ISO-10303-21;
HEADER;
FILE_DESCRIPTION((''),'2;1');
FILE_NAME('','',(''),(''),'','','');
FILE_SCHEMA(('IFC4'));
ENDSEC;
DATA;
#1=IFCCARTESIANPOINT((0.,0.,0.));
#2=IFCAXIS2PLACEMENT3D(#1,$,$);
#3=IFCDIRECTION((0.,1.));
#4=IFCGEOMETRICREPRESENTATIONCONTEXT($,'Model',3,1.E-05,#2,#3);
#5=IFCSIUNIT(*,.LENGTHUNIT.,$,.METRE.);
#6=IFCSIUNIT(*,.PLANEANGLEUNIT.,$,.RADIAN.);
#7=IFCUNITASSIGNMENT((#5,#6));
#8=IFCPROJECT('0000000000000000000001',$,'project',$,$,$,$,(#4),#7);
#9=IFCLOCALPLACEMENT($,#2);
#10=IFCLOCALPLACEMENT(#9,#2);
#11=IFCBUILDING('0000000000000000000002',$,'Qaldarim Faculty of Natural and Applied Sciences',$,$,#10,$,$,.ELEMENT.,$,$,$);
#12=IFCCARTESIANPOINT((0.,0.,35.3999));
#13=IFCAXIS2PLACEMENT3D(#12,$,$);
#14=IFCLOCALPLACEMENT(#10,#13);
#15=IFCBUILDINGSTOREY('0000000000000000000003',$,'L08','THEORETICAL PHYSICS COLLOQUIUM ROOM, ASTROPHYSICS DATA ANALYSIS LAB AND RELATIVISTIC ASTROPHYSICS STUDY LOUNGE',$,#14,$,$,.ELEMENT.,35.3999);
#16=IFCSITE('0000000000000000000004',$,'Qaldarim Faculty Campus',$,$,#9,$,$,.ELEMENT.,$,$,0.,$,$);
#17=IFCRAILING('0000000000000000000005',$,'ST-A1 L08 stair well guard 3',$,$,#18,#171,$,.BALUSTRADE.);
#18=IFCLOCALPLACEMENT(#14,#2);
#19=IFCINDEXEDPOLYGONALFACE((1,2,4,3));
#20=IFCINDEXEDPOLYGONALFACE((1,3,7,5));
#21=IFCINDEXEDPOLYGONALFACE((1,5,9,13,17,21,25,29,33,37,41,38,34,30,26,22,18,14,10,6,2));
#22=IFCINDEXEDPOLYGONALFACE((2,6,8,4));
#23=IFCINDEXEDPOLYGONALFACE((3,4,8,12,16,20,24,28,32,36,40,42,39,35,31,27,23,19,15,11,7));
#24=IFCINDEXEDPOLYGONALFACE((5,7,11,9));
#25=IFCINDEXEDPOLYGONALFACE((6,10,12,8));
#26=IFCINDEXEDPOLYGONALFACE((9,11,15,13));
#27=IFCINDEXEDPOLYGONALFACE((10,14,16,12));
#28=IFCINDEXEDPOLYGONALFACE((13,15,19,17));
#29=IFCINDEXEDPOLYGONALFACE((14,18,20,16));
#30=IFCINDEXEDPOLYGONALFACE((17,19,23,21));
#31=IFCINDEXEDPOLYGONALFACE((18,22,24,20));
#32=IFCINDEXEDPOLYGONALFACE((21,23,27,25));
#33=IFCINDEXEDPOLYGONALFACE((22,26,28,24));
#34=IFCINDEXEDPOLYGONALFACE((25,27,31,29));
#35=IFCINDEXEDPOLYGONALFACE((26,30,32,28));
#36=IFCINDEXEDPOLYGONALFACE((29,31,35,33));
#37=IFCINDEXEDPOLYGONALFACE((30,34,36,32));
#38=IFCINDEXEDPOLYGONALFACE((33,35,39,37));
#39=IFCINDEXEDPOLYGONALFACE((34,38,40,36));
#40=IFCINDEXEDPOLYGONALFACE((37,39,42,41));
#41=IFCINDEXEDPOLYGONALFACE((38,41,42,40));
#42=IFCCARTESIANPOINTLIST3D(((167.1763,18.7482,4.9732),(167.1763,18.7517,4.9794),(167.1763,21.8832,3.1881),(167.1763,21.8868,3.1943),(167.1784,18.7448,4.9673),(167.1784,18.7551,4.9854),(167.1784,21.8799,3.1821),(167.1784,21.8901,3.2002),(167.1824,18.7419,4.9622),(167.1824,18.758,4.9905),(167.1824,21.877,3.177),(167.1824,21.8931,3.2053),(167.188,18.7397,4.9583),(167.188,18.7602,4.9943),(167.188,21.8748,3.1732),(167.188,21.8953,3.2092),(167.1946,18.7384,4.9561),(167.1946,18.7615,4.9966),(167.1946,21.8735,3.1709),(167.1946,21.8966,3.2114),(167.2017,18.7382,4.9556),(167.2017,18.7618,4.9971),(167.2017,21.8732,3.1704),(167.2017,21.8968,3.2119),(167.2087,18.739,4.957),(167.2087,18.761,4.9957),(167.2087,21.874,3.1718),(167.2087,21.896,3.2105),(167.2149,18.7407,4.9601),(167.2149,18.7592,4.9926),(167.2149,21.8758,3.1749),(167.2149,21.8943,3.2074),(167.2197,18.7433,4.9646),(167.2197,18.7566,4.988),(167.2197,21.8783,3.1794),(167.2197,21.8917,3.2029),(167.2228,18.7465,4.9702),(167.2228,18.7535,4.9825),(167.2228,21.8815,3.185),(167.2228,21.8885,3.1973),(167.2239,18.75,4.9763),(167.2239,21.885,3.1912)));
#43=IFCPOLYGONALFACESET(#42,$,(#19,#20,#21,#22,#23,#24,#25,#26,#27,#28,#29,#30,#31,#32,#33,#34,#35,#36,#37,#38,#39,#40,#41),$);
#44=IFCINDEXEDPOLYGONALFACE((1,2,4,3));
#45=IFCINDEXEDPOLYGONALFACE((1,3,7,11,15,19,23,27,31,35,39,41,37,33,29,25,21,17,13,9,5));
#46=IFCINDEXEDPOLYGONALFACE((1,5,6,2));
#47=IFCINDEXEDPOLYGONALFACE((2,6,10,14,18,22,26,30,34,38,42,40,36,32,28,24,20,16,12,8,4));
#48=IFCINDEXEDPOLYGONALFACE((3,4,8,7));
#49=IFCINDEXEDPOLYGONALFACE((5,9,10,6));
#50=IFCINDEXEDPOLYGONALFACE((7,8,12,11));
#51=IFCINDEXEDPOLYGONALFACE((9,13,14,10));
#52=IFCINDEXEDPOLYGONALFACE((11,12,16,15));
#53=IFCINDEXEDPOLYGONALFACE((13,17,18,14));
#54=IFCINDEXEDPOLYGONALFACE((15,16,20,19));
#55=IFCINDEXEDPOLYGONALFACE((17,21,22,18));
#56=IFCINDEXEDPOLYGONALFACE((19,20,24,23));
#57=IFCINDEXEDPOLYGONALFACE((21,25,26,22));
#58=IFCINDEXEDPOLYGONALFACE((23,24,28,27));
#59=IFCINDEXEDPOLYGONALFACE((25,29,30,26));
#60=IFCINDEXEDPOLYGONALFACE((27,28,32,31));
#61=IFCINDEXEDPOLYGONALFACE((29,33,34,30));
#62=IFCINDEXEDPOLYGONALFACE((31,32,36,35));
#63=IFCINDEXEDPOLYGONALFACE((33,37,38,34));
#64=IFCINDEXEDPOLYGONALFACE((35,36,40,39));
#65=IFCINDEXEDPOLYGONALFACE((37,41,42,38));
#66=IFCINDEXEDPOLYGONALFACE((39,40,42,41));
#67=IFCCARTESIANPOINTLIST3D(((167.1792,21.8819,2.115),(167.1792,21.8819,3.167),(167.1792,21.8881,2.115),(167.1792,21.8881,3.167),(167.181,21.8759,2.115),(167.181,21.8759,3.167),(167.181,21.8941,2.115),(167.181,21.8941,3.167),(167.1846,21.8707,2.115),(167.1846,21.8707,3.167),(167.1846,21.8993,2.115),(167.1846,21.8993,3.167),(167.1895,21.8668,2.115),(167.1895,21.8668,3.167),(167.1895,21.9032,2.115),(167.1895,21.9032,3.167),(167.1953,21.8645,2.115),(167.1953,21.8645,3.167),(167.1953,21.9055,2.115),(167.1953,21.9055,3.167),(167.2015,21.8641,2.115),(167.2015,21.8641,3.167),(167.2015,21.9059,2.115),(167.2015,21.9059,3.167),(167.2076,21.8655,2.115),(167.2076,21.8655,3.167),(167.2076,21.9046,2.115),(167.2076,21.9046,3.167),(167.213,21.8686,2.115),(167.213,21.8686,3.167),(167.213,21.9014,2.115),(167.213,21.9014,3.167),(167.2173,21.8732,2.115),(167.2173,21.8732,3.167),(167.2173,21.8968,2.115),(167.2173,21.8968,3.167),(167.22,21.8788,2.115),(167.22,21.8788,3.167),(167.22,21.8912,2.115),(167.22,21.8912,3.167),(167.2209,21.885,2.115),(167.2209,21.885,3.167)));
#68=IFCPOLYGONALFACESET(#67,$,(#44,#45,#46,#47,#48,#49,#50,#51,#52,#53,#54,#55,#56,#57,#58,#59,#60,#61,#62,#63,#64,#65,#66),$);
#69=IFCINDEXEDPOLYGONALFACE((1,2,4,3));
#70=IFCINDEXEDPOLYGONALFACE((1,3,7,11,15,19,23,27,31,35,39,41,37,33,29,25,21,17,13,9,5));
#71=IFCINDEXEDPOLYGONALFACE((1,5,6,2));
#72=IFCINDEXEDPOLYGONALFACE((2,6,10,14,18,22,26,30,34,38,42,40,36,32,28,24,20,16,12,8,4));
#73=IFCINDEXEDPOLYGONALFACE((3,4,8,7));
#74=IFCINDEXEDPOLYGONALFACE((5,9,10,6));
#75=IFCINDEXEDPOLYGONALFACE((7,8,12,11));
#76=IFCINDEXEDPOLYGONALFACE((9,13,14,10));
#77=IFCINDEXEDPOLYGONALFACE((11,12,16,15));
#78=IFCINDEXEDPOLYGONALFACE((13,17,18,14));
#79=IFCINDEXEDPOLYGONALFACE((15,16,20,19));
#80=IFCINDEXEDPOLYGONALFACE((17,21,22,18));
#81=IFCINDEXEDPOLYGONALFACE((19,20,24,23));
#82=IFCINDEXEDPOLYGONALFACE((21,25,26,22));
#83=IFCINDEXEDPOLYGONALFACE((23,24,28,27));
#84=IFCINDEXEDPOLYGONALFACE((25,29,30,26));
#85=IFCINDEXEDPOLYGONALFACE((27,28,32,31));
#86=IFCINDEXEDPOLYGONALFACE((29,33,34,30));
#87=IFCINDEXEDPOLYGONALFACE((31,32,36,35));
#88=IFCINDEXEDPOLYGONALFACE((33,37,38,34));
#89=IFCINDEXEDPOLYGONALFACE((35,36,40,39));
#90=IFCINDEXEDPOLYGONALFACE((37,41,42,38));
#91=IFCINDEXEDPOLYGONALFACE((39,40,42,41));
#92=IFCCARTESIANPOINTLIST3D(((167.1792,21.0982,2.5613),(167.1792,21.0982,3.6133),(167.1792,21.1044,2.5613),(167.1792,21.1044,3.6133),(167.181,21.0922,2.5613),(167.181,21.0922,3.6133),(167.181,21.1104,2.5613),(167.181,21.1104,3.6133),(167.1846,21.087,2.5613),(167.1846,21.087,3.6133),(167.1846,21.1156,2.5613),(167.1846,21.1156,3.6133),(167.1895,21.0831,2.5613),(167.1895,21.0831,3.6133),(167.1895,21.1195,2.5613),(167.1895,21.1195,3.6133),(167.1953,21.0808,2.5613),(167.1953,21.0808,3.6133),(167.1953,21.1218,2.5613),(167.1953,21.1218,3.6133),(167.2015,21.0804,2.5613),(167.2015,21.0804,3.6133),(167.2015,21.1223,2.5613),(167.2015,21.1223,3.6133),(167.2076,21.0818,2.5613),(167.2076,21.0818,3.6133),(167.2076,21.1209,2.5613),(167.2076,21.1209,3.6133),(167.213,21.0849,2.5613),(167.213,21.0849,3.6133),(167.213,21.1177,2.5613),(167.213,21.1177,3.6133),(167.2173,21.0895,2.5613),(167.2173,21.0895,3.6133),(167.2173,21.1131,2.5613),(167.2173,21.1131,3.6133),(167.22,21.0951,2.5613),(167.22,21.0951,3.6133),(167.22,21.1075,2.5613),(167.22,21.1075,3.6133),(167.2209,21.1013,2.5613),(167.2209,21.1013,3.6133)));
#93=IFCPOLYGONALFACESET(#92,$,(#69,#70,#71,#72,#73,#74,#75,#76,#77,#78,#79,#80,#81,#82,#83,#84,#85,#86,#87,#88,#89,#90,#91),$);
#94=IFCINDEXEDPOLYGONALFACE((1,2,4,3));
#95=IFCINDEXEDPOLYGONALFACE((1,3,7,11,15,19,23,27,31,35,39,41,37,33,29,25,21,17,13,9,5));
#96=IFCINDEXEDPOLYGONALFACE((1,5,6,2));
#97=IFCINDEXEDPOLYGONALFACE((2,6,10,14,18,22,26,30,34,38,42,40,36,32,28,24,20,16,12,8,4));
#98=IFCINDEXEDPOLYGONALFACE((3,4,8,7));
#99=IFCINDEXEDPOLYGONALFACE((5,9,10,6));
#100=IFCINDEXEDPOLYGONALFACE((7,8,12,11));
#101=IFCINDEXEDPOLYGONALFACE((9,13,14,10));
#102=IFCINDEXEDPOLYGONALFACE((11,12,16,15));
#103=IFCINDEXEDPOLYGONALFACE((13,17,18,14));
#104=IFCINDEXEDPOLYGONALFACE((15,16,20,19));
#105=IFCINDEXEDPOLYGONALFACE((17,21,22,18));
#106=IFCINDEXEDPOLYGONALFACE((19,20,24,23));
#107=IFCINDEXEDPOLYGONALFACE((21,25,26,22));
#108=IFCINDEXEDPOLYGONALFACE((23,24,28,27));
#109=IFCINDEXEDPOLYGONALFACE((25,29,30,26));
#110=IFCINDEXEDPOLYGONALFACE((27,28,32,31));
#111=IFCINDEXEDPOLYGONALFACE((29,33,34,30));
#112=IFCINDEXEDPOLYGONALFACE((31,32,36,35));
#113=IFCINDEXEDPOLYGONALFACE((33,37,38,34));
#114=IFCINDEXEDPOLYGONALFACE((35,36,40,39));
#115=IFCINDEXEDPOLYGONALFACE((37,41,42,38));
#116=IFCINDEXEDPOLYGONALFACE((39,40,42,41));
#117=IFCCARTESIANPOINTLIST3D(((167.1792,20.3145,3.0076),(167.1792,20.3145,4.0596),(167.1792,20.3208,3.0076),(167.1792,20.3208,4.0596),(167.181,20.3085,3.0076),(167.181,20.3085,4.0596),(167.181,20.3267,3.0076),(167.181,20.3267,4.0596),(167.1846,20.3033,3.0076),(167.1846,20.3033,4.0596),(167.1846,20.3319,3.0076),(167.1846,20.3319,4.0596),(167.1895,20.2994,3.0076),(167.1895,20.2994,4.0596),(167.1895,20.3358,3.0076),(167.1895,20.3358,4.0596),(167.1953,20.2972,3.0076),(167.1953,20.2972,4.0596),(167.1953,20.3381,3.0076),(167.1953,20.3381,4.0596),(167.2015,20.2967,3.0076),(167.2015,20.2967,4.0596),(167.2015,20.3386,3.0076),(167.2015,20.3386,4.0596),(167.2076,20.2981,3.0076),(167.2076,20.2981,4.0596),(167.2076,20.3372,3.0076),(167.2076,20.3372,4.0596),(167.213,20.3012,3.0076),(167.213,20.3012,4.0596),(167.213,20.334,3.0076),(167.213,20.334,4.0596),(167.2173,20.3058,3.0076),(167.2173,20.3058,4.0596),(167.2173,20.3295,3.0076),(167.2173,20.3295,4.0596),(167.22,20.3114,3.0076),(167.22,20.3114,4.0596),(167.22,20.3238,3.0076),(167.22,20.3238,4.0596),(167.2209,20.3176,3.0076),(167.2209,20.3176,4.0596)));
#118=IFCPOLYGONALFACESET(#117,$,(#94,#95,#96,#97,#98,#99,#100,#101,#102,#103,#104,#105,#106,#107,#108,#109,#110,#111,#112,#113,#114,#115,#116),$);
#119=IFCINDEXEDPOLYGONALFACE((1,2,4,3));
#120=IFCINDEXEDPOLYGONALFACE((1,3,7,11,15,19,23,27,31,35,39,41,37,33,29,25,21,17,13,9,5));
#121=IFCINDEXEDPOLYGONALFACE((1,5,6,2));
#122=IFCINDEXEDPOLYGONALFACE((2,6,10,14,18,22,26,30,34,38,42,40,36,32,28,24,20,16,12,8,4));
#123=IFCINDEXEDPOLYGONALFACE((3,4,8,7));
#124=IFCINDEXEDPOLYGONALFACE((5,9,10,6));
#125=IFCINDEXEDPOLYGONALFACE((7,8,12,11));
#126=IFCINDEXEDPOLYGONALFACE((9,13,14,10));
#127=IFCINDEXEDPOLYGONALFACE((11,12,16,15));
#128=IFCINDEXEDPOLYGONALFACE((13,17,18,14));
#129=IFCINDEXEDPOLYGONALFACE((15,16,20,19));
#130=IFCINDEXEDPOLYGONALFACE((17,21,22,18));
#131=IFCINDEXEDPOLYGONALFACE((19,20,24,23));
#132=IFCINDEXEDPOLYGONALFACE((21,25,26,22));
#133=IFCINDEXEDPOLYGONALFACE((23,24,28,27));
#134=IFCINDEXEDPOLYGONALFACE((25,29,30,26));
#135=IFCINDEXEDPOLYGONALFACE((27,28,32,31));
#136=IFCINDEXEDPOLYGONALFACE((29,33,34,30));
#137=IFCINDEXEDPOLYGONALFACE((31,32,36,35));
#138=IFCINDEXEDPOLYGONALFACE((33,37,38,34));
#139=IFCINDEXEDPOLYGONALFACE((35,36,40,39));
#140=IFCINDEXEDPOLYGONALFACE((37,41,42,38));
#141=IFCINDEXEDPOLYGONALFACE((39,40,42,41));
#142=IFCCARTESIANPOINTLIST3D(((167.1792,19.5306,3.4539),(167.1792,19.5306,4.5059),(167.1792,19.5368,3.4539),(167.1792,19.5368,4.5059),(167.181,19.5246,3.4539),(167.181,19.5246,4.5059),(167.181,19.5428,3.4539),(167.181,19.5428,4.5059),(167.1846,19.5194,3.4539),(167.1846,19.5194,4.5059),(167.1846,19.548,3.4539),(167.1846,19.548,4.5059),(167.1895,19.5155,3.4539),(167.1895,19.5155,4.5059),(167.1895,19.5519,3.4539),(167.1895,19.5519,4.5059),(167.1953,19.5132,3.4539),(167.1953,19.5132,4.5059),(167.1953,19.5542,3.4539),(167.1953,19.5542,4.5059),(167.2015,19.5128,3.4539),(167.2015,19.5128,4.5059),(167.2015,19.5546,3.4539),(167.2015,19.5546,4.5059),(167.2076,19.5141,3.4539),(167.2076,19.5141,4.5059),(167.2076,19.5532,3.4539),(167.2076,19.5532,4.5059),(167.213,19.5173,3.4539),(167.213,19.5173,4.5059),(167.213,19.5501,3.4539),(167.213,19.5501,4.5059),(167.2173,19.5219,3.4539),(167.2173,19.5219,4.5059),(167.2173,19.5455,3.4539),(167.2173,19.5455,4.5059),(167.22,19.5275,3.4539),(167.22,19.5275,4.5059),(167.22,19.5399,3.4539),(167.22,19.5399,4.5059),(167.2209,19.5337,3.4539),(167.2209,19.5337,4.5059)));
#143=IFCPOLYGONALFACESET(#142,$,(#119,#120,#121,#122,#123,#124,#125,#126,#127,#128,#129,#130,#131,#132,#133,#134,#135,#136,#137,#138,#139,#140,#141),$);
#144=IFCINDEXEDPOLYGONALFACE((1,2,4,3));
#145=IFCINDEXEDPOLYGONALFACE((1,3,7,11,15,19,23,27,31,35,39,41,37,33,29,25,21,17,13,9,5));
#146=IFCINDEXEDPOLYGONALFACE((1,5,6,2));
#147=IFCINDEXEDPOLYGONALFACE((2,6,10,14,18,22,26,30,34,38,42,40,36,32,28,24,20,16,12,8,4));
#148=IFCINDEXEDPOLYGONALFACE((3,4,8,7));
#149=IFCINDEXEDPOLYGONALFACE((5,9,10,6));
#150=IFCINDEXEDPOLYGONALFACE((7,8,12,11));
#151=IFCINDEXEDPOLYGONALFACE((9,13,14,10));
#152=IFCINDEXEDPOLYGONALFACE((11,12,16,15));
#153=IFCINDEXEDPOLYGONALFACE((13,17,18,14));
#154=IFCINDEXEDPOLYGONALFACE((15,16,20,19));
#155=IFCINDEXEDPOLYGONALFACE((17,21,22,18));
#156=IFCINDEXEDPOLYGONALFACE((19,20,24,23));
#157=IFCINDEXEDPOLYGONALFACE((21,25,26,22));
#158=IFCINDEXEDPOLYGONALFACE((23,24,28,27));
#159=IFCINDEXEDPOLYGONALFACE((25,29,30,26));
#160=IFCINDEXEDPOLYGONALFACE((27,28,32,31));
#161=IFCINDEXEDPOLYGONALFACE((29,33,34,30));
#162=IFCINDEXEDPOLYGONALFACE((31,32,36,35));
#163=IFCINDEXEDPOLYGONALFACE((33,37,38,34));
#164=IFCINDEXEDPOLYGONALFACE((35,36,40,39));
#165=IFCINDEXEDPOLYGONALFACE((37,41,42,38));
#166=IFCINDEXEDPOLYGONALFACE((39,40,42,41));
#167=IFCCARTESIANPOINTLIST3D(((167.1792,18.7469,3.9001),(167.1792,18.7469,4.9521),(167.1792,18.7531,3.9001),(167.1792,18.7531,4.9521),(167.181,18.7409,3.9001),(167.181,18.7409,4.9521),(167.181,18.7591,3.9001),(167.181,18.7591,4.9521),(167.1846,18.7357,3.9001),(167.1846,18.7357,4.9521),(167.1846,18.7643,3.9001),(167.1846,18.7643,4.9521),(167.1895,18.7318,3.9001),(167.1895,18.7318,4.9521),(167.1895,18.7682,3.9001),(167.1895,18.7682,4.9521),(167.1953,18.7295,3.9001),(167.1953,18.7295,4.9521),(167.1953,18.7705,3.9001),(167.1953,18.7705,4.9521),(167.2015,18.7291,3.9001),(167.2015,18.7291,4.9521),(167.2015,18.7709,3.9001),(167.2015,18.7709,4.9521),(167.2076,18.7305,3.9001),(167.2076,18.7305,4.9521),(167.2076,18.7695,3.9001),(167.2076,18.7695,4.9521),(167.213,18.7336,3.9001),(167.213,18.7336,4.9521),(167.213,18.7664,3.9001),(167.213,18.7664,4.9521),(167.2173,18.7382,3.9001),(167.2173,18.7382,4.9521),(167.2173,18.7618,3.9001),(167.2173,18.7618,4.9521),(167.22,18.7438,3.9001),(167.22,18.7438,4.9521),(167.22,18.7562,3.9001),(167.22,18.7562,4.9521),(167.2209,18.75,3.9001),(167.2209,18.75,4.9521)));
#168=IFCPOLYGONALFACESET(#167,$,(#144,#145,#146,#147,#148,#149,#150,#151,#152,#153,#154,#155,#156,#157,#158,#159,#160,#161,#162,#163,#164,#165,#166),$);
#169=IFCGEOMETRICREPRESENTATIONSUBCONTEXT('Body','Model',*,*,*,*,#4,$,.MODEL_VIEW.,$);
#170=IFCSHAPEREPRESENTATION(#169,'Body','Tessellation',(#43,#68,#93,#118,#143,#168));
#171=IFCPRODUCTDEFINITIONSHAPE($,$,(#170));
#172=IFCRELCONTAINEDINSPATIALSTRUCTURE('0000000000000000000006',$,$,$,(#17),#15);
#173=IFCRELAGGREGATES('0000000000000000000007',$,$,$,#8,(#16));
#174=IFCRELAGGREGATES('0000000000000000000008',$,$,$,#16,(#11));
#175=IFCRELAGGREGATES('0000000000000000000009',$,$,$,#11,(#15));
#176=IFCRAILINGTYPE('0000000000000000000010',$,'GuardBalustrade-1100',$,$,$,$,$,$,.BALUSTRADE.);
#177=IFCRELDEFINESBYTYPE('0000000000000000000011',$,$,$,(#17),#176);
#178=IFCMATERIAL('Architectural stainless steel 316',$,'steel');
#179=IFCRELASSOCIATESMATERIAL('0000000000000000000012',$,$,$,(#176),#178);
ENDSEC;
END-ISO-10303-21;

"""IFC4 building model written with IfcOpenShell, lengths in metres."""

from ifc_helpers import new_model, si_unit, direction, frame, origin, origin_2d, place, context, subcontext, project, spatial, circle, extrude, material, type_object, element, save


model = new_model("IFC4")

# Units and contexts
model_context = context("Model", 3, precision=1e-05, world=origin(), true_north=direction((0.0, 1.0)))
body_context = subcontext(model_context, "Body", "Model", "MODEL_VIEW")
ifc_project = project(units=[si_unit("LENGTHUNIT", "METRE"), si_unit("PLANEANGLEUNIT", "RADIAN")], contexts=[model_context])

# Site, building, storey
site_placement = place(None, origin())
site = spatial("IfcSite", under=ifc_project, at=site_placement, Name="Qaldarim Faculty Campus", CompositionType="ELEMENT", RefElevation=0.0)
building_placement = place(site_placement, origin())
building = spatial("IfcBuilding", under=site, at=building_placement, Name="Qaldarim Faculty of Natural and Applied Sciences", CompositionType="ELEMENT")
storey_placement = place(building_placement, frame((0.0, 0.0, 35.3999)))
storey = spatial("IfcBuildingStorey", under=building, at=storey_placement, Name="L08", Description="THEORETICAL PHYSICS COLLOQUIUM ROOM, ASTROPHYSICS DATA ANALYSIS LAB AND RELATIVISTIC ASTROPHYSICS STUDY LOUNGE", CompositionType="ELEMENT", Elevation=35.3999)

# Shared definitions
ifc_material_1 = material(Name="Architectural stainless steel 316", Category="steel")

# Railing
railing_type_1 = type_object("IfcRailingType", Name="GuardBalustrade-1100", PredefinedType="BALUSTRADE", material=ifc_material_1)
railing_1_placement = place(storey_placement, frame((167.2, 21.885, 2.115)))
element("IfcRailing", 1, at=railing_1_placement, inside=storey, type_object=railing_type_1, Name="ST-A1 L08 stair well guard 3", PredefinedType="BALUSTRADE", context=body_context, shape_type="SweptSolid", body=[
    extrude(circle(Radius=0.0239, at=origin_2d()), frame((0.0, 0.0, 1.0762), z_axis=(0.0, -0.868992, 0.494827), x_axis=(1.0, 0.0, 0.0)), (0.0, 0.0, 1.0), 3.6077),
    extrude(circle(Radius=0.021, at=origin_2d()), origin(), (0.0, 0.0, 1.0), 1.052),
    extrude(circle(Radius=0.021, at=origin_2d()), frame((0.0, -0.7837, 0.4463)), (0.0, 0.0, 1.0), 1.052),
    extrude(circle(Radius=0.021, at=origin_2d()), frame((0.0, -1.5674, 0.8926)), (0.0, 0.0, 1.0), 1.052),
    extrude(circle(Radius=0.021, at=origin_2d()), frame((0.0, -2.3513, 1.3389)), (0.0, 0.0, 1.0), 1.052),
    extrude(circle(Radius=0.021, at=origin_2d()), frame((0.0, -3.135, 1.7852)), (0.0, 0.0, 1.0), 1.052),
])

save(model, "model.ifc")
